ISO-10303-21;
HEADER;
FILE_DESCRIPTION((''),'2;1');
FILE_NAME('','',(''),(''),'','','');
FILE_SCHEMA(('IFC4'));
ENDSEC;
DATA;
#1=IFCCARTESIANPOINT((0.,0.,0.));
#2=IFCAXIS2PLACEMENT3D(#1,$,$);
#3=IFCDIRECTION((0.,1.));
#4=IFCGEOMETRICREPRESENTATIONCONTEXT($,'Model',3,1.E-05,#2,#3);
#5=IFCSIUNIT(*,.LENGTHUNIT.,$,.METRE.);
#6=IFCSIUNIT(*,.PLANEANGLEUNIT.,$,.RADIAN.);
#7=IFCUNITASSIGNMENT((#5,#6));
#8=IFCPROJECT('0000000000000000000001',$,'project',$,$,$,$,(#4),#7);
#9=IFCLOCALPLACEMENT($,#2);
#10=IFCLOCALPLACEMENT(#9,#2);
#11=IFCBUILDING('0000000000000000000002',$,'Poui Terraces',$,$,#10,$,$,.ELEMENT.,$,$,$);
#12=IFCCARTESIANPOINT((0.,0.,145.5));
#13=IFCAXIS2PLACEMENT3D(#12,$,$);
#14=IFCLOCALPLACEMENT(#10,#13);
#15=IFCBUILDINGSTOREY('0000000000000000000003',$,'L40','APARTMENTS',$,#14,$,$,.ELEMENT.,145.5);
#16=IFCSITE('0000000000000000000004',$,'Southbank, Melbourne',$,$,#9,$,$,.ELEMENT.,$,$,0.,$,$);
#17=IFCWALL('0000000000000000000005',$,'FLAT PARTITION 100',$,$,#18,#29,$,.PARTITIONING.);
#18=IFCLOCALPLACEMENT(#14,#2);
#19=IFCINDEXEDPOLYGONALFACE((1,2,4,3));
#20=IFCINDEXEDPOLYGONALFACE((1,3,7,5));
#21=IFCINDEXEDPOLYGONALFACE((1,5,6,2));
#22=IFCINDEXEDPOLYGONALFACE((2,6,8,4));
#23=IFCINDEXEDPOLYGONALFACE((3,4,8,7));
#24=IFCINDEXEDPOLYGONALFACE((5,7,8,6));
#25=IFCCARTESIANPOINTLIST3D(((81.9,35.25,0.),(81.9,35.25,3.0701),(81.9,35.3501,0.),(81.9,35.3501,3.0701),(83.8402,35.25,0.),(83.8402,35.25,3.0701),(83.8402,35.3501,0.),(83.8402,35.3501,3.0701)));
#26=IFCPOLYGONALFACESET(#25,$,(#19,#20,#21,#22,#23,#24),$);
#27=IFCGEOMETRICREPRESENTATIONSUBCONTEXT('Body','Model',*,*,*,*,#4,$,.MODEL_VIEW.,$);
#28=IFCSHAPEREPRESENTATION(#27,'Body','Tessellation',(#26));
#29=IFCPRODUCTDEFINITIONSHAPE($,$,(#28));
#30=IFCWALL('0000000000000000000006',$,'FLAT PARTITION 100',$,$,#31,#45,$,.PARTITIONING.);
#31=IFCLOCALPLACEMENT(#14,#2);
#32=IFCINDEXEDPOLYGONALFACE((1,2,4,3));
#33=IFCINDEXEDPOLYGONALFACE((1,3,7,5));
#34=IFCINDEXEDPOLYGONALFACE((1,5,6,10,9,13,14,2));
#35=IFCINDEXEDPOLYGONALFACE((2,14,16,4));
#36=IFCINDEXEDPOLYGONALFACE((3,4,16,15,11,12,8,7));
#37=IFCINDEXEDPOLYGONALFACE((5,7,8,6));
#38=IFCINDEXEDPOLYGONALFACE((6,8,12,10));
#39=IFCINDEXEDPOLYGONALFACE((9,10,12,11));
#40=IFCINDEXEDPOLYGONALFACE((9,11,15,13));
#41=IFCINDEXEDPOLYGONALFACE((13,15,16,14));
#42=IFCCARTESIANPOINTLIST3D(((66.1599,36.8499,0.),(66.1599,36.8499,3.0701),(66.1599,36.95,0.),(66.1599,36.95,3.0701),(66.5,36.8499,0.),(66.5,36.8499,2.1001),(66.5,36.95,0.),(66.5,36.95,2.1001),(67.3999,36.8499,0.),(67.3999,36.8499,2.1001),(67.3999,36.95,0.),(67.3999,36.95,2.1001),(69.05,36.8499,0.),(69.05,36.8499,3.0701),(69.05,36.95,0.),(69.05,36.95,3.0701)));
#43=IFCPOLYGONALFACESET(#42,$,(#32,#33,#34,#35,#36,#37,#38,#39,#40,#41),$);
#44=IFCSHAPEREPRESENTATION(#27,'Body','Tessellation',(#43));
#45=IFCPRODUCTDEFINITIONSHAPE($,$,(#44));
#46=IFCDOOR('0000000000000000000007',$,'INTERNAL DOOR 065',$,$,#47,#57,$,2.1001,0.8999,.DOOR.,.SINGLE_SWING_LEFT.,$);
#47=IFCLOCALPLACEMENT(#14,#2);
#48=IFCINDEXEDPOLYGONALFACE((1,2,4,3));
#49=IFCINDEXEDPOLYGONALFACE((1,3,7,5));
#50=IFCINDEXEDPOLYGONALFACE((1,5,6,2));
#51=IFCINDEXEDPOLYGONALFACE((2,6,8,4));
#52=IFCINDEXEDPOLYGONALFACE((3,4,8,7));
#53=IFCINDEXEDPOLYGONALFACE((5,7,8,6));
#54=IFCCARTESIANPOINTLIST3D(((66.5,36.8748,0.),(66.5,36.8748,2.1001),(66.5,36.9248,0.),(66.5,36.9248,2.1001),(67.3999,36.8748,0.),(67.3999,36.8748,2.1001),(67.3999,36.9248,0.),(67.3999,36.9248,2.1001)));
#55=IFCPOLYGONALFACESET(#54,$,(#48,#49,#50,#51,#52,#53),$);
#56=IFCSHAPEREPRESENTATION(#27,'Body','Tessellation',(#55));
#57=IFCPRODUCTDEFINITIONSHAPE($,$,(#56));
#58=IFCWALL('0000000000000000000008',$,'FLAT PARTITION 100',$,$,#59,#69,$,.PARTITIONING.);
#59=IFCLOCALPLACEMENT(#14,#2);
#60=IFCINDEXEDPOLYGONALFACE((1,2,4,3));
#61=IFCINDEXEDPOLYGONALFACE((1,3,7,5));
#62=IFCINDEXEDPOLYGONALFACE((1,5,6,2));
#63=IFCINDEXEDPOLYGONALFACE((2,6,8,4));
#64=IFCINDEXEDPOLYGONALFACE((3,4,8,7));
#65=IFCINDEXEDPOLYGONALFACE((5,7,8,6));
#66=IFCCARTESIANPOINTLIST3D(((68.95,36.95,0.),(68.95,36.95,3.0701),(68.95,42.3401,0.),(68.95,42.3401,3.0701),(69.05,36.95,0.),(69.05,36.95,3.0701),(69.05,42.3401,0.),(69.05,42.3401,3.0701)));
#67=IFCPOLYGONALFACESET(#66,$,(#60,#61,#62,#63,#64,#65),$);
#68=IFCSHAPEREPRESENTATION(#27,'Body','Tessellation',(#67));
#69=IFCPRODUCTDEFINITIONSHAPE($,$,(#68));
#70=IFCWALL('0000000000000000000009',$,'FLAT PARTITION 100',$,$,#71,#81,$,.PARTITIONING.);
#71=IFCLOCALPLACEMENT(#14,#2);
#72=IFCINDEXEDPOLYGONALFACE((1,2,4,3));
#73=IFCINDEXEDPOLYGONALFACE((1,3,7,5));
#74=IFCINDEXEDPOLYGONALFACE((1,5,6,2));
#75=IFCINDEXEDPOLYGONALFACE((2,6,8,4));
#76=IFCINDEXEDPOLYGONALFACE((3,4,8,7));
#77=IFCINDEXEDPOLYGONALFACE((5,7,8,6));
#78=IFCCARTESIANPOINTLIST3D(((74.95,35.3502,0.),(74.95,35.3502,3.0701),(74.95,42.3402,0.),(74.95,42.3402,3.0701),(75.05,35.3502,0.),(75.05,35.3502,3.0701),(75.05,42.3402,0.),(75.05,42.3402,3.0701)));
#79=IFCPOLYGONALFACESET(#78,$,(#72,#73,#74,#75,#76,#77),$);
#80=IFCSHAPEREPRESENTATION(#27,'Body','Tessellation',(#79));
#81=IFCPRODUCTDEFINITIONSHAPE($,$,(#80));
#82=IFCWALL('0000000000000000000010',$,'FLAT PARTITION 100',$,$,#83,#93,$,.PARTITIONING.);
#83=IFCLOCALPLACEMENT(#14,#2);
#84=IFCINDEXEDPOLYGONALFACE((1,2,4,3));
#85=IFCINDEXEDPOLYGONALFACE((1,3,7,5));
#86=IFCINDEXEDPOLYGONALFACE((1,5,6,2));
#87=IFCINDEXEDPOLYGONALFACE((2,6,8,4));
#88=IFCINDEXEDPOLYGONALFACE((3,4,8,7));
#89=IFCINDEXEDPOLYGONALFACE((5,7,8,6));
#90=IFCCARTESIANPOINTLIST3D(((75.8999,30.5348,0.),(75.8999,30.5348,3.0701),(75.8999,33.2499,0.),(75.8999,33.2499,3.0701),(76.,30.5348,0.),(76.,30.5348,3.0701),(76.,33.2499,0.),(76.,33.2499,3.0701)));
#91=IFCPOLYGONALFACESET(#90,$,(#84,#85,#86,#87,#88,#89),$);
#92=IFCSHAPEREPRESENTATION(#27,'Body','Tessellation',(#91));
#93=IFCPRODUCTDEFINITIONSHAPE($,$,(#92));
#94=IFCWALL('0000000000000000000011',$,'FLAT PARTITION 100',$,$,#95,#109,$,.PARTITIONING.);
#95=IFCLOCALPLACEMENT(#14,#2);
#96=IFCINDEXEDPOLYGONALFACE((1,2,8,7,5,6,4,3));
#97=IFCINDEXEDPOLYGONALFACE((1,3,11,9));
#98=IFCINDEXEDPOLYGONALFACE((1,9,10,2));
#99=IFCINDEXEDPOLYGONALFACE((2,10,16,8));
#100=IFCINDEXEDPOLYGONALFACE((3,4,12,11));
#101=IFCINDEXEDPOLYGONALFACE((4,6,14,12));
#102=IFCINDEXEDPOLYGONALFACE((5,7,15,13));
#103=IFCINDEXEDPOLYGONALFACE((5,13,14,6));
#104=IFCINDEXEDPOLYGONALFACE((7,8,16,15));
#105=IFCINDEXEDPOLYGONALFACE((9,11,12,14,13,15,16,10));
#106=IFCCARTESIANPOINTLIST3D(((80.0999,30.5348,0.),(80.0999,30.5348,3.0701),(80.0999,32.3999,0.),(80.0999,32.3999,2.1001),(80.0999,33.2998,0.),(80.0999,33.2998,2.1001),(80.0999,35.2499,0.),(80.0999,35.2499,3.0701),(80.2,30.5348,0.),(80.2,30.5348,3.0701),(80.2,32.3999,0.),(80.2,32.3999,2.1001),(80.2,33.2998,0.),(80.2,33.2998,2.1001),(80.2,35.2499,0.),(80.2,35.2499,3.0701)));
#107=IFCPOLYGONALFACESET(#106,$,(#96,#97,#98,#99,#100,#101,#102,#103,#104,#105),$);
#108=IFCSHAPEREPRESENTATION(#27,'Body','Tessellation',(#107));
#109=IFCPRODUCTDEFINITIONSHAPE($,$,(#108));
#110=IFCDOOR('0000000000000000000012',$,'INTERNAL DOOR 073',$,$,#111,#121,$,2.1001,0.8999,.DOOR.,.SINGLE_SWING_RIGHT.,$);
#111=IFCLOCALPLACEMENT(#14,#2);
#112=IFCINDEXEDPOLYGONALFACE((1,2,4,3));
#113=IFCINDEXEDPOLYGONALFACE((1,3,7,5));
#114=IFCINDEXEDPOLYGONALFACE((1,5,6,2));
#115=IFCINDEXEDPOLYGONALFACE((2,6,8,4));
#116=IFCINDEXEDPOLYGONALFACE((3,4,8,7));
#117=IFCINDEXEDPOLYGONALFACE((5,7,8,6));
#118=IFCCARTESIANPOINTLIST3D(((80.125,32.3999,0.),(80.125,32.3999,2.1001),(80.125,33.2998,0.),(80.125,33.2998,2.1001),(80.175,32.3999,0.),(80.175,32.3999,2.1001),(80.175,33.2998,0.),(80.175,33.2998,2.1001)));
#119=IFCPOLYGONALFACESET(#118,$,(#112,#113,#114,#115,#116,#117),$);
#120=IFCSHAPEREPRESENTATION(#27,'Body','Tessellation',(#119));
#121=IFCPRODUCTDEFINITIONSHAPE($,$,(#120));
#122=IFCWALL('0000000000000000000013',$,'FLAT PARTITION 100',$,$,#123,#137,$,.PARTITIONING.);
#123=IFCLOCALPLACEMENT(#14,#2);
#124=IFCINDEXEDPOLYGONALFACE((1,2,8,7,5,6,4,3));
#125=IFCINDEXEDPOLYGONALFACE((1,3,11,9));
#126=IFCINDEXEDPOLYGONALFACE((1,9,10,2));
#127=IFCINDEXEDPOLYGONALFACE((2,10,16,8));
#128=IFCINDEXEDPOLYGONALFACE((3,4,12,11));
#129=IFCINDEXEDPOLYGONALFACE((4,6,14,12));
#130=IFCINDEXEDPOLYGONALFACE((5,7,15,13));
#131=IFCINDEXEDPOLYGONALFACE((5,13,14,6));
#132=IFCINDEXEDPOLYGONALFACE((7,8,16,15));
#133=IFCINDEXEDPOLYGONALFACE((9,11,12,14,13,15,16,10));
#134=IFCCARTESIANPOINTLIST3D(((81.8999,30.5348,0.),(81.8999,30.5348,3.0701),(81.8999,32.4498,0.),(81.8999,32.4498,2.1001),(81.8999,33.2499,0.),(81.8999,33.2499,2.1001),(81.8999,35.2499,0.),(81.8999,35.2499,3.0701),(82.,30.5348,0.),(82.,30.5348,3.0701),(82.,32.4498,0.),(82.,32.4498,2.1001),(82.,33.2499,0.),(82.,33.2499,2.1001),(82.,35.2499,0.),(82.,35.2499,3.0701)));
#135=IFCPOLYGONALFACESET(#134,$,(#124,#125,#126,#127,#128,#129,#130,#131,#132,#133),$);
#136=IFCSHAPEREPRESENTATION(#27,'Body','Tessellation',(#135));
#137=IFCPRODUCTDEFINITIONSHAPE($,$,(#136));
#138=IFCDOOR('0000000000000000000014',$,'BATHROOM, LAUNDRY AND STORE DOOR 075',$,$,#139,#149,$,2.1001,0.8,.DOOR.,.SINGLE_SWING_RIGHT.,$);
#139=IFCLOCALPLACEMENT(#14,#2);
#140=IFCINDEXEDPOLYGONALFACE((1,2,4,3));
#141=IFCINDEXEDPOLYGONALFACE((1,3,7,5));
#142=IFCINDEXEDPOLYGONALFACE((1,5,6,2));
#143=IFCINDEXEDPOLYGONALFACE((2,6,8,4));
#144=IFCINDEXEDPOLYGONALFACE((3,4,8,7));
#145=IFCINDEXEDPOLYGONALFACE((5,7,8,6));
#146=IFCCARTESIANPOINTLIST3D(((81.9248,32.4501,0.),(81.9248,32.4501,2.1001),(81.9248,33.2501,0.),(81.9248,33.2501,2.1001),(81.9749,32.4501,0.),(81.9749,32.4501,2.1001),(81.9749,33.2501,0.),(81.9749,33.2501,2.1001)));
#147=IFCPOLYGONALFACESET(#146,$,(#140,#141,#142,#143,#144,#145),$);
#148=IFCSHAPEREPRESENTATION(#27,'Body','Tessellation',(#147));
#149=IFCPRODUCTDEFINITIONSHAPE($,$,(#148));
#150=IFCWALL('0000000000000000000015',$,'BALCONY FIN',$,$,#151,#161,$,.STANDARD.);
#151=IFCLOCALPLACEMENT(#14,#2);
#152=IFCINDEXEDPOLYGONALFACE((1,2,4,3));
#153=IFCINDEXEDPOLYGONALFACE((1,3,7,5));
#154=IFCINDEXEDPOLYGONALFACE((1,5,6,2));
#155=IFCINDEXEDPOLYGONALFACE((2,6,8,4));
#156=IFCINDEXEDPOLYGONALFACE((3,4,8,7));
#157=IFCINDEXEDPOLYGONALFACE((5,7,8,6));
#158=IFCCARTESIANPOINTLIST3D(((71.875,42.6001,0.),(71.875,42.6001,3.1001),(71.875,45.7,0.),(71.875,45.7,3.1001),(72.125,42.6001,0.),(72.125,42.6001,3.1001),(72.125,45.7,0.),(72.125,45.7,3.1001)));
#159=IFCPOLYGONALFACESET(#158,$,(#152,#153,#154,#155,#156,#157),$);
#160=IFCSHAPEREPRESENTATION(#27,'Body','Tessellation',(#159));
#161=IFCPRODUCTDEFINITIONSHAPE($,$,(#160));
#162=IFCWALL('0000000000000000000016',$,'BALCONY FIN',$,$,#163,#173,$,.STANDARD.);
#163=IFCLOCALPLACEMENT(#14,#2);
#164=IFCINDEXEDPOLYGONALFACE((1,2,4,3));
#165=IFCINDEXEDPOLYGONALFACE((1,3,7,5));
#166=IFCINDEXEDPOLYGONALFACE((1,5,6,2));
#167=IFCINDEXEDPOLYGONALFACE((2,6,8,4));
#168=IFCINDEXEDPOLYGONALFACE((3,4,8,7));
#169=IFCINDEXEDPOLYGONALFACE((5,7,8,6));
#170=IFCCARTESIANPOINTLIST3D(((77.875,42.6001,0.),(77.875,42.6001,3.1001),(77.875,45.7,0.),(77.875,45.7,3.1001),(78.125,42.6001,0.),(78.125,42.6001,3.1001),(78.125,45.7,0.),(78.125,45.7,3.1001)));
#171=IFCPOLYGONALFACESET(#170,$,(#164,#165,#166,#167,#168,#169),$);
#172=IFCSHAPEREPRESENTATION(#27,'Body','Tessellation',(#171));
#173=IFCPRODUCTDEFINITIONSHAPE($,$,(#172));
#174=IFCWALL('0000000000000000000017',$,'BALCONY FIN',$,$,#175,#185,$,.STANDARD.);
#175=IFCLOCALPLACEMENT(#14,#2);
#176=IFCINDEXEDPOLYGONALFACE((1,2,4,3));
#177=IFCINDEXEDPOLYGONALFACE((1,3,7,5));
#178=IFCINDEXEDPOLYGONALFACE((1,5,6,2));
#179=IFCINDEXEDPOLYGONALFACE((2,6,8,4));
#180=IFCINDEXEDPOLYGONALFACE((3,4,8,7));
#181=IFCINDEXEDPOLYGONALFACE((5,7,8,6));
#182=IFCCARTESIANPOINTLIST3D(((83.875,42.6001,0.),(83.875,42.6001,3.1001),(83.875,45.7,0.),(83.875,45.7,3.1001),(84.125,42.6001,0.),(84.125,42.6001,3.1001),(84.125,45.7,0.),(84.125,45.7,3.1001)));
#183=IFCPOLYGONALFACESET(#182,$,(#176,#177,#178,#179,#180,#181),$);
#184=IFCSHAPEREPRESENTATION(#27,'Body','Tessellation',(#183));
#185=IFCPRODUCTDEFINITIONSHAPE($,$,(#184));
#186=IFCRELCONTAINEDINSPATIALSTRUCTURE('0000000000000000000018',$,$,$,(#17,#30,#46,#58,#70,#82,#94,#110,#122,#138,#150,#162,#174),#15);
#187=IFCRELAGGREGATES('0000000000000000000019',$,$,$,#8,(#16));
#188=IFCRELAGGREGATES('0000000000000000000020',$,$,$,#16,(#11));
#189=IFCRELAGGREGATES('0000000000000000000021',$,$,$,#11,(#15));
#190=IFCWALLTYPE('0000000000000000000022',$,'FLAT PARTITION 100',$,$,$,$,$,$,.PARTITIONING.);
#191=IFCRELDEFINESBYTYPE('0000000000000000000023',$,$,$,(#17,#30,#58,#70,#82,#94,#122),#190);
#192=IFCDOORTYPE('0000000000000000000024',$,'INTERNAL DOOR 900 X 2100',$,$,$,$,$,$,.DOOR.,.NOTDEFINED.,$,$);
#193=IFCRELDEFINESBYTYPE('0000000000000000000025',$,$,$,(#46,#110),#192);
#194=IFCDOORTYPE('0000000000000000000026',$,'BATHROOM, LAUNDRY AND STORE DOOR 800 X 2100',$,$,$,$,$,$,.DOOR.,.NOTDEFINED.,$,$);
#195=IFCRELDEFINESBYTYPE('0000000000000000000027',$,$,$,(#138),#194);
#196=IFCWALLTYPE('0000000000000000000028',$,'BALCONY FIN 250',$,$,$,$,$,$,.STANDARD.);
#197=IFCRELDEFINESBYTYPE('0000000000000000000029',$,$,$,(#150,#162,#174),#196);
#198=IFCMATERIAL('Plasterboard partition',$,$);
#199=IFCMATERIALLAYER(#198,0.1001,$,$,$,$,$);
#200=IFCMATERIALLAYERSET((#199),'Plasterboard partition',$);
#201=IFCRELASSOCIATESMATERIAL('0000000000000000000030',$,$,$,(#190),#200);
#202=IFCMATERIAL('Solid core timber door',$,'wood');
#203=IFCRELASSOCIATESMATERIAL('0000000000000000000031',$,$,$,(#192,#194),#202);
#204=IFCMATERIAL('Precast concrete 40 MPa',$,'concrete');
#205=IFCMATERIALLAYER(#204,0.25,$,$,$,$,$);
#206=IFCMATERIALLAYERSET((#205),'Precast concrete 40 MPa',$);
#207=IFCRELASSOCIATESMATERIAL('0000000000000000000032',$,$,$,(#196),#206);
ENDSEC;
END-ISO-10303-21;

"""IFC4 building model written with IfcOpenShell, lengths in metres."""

from ifc_helpers import new_model, si_unit, direction, frame, frame_2d, origin, place, context, subcontext, project, spatial, polyline, rectangle, outline, extrude, source, transform, mapped, material, layer, layer_set, type_object, element, fill, save


model = new_model("IFC4")

# Units and contexts
model_context = context("Model", 3, precision=1e-05, world=origin(), true_north=direction((0.0, 1.0)))
body_context = subcontext(model_context, "Body", "Model", "MODEL_VIEW")
ifc_project = project(units=[si_unit("LENGTHUNIT", "METRE"), si_unit("PLANEANGLEUNIT", "RADIAN")], contexts=[model_context])

# Site, building, storey
site_placement = place(None, origin())
site = spatial("IfcSite", under=ifc_project, at=site_placement, Name="Southbank, Melbourne", CompositionType="ELEMENT", RefElevation=0.0)
building_placement = place(site_placement, origin())
building = spatial("IfcBuilding", under=site, at=building_placement, Name="Poui Terraces", CompositionType="ELEMENT")
storey_placement = place(building_placement, frame((0.0, 0.0, 145.5)))
storey = spatial("IfcBuildingStorey", under=building, at=storey_placement, Name="L40", Description="APARTMENTS", CompositionType="ELEMENT", Elevation=145.5)

# Shared definitions
ifc_material_1 = material(Name="Plasterboard partition")
ifc_layer_1 = layer(ifc_material_1, 0.1001)
ifc_layer_set_1 = layer_set([ifc_layer_1], Name="Plasterboard partition")
wall_type_1 = type_object("IfcWallType", Name="FLAT PARTITION 100", PredefinedType="PARTITIONING", material=ifc_layer_set_1)
ifc_material_2 = material(Name="Solid core timber door", Category="wood")
door_type_1 = type_object("IfcDoorType", Name="INTERNAL DOOR 900 X 2100", OperationType="NOTDEFINED", PredefinedType="DOOR", material=ifc_material_2)
door_type_2 = type_object("IfcDoorType", Name="BATHROOM, LAUNDRY AND STORE DOOR 800 X 2100", OperationType="NOTDEFINED", PredefinedType="DOOR", material=ifc_material_2)

# Wall
wall_1_placement = place(storey_placement, frame((81.8999, 35.3, 0.0), z_axis=(0.0, 0.0, 1.0), x_axis=(1.0, 0.0, 0.0)))
element("IfcWall", 1, at=wall_1_placement, inside=storey, type_object=wall_type_1, Name="FLAT PARTITION 100", PredefinedType="PARTITIONING", context=body_context, shape_type="SweptSolid", body=[
    extrude(rectangle(XDim=1.9402, YDim=0.1001, at=frame_2d((0.9702, 0.0))), origin(), (0.0, 0.0, 1.0), 3.0701),
])

# Wall, opening, door
wall_2_placement = place(storey_placement, frame((66.1599, 36.8999, 0.0), z_axis=(0.0, 0.0, 1.0), x_axis=(1.0, 0.0, 0.0)))
wall_2 = element("IfcWall", 2, at=wall_2_placement, inside=storey, type_object=wall_type_1, Name="FLAT PARTITION 100", PredefinedType="PARTITIONING", context=body_context, shape_type="SweptSolid", body=[
    extrude(rectangle(XDim=2.8901, YDim=0.1001, at=frame_2d((1.4451, 0.0))), origin(), (0.0, 0.0, 1.0), 3.0701),
])
opening_1_placement = place(wall_2_placement, frame((0.3401, 0.0, 0.0)))
opening_1 = element("IfcOpeningElement", 3, at=opening_1_placement, cuts=wall_2, PredefinedType="OPENING", context=body_context, shape_type="SweptSolid", body=[
    extrude(rectangle(XDim=0.8999, YDim=2.1001, at=frame_2d((0.45, 1.05))), frame((0.0, 0.0601, 0.0), z_axis=(0.0, -1.0, 0.0), x_axis=(1.0, 0.0, 0.0)), (0.0, 0.0, 1.0), 0.1201),
])
door_1_placement = place(opening_1_placement, origin())
door_1 = element("IfcDoor", 4, at=door_1_placement, inside=storey, type_object=door_type_1, Name="INTERNAL DOOR 065", OperationType="SINGLE_SWING_LEFT", OverallHeight=2.1001, OverallWidth=0.8999, PredefinedType="DOOR", context=body_context, shape_type="SweptSolid", body=[
    extrude(rectangle(XDim=0.8999, YDim=2.1001, at=frame_2d((0.45, 1.05))), frame((0.0, 0.0249, 0.0), z_axis=(0.0, -1.0, 0.0), x_axis=(1.0, 0.0, 0.0)), (0.0, 0.0, 1.0), 0.05),
])
fill(opening_1, door_1)

# Walls
wall_3_placement = place(storey_placement, frame((69.0, 36.95, 0.0), z_axis=(0.0, 0.0, 1.0), x_axis=(0.0, 1.0, 0.0)))
element("IfcWall", 5, at=wall_3_placement, inside=storey, type_object=wall_type_1, Name="FLAT PARTITION 100", PredefinedType="PARTITIONING", context=body_context, shape_type="SweptSolid", body=[
    extrude(rectangle(XDim=5.3901, YDim=0.1001, at=frame_2d((2.6951, 0.0))), origin(), (0.0, 0.0, 1.0), 3.0701),
])
wall_4_placement = place(storey_placement, frame((75.0, 35.3501, 0.0), z_axis=(0.0, 0.0, 1.0), x_axis=(0.0, 1.0, 0.0)))
element("IfcWall", 6, at=wall_4_placement, inside=storey, type_object=wall_type_1, Name="FLAT PARTITION 100", PredefinedType="PARTITIONING", context=body_context, shape_type="SweptSolid", body=[
    extrude(rectangle(XDim=6.99, YDim=0.1001, at=frame_2d((3.4951, 0.0))), origin(), (0.0, 0.0, 1.0), 3.0701),
])
wall_5_placement = place(storey_placement, frame((75.95, 30.5349, 0.0), z_axis=(0.0, 0.0, 1.0), x_axis=(0.0, 1.0, 0.0)))
element("IfcWall", 7, at=wall_5_placement, inside=storey, type_object=wall_type_1, Name="FLAT PARTITION 100", PredefinedType="PARTITIONING", context=body_context, shape_type="SweptSolid", body=[
    extrude(rectangle(XDim=2.7151, YDim=0.1001, at=frame_2d((1.3574, 0.0))), origin(), (0.0, 0.0, 1.0), 3.0701),
])

# Walls, openings, doors
wall_6_placement = place(storey_placement, frame((80.1499, 30.5349, 0.0), z_axis=(0.0, 0.0, 1.0), x_axis=(0.0, 1.0, 0.0)))
wall_6 = element("IfcWall", 8, at=wall_6_placement, inside=storey, type_object=wall_type_1, Name="FLAT PARTITION 100", PredefinedType="PARTITIONING", context=body_context, shape_type="SweptSolid", body=[
    extrude(rectangle(XDim=4.7151, YDim=0.1001, at=frame_2d((2.3574, 0.0))), origin(), (0.0, 0.0, 1.0), 3.0701),
])
opening_2_placement = place(wall_6_placement, frame((1.865, 0.0, 0.0)))
opening_2 = element("IfcOpeningElement", 9, at=opening_2_placement, cuts=wall_6, PredefinedType="OPENING", context=body_context, shape_type="SweptSolid", body=[
    extrude(rectangle(XDim=0.8999, YDim=2.1001, at=frame_2d((0.45, 1.05))), frame((0.0, 0.0601, 0.0), z_axis=(0.0, -1.0, 0.0), x_axis=(1.0, 0.0, 0.0)), (0.0, 0.0, 1.0), 0.1201),
])
door_2_placement = place(opening_2_placement, origin())
door_2 = element("IfcDoor", 10, at=door_2_placement, inside=storey, type_object=door_type_1, Name="INTERNAL DOOR 073", OperationType="SINGLE_SWING_RIGHT", OverallHeight=2.1001, OverallWidth=0.8999, PredefinedType="DOOR", context=body_context, shape_type="SweptSolid", body=[
    extrude(rectangle(XDim=0.8999, YDim=2.1001, at=frame_2d((0.45, 1.05))), frame((0.0, 0.0249, 0.0), z_axis=(0.0, -1.0, 0.0), x_axis=(1.0, 0.0, 0.0)), (0.0, 0.0, 1.0), 0.05),
])
fill(opening_2, door_2)
wall_7_placement = place(storey_placement, frame((81.95, 30.5349, 0.0), z_axis=(0.0, 0.0, 1.0), x_axis=(0.0, 1.0, 0.0)))
wall_7 = element("IfcWall", 11, at=wall_7_placement, inside=storey, type_object=wall_type_1, Name="FLAT PARTITION 100", PredefinedType="PARTITIONING", context=body_context, shape_type="SweptSolid", body=[
    extrude(rectangle(XDim=4.7151, YDim=0.1001, at=frame_2d((2.3574, 0.0))), origin(), (0.0, 0.0, 1.0), 3.0701),
])
opening_3_placement = place(wall_7_placement, frame((1.915, 0.0, 0.0)))
opening_3 = element("IfcOpeningElement", 12, at=opening_3_placement, cuts=wall_7, PredefinedType="OPENING", context=body_context, shape_type="SweptSolid", body=[
    extrude(rectangle(XDim=0.8, YDim=2.1001, at=frame_2d((0.3999, 1.05))), frame((0.0, 0.0601, 0.0), z_axis=(0.0, -1.0, 0.0), x_axis=(1.0, 0.0, 0.0)), (0.0, 0.0, 1.0), 0.1201),
])
door_3_placement = place(opening_3_placement, frame((0.8, 0.0, 0.0), z_axis=(0.0, 0.0, 1.0), x_axis=(-1.0, 0.0, 0.0)))
door_3 = element("IfcDoor", 13, at=door_3_placement, inside=storey, type_object=door_type_2, Name="BATHROOM, LAUNDRY AND STORE DOOR 075", OperationType="SINGLE_SWING_RIGHT", OverallHeight=2.1001, OverallWidth=0.8, PredefinedType="DOOR", context=body_context, shape_type="SweptSolid", body=[
    extrude(rectangle(XDim=0.8, YDim=2.1001, at=frame_2d((0.3999, 1.05))), frame((0.0, 0.0249, 0.0), z_axis=(0.0, -1.0, 0.0), x_axis=(1.0, 0.0, 0.0)), (0.0, 0.0, 1.0), 0.05),
])
fill(opening_3, door_3)

# Walls
ifc_material_3 = material(Name="Precast concrete 40 MPa", Category="concrete")
ifc_layer_2 = layer(ifc_material_3, 0.25)
ifc_layer_set_2 = layer_set([ifc_layer_2], Name="Precast concrete 40 MPa")
wall_type_2 = type_object("IfcWallType", Name="BALCONY FIN 250", PredefinedType="STANDARD", material=ifc_layer_set_2)
shared_shape_1 = source(origin(), body_context, "Body", "SweptSolid", [
    extrude(outline(polyline([(0.0, 0.0), (0.25, 0.0), (0.25, 3.0999), (0.0, 3.0999), (0.0, 0.0)])), origin(), (0.0, 0.0, 1.0), 3.1001),
])
for number, where, name in (
    (14, (71.875, 42.6001, 0.0), "BALCONY FIN"),
    (15, (77.875, 42.6001, 0.0), "BALCONY FIN"),
    (16, (83.875, 42.6001, 0.0), "BALCONY FIN"),
):
    element("IfcWall", number, at=place(storey_placement, frame(where)), inside=storey, type_object=wall_type_2, Name=name, PredefinedType="STANDARD", context=body_context, shape_type="MappedRepresentation", body=[
        mapped(shared_shape_1, transform((0.0, 0.0, 0.0))),
    ])

save(model, "model.ifc")
